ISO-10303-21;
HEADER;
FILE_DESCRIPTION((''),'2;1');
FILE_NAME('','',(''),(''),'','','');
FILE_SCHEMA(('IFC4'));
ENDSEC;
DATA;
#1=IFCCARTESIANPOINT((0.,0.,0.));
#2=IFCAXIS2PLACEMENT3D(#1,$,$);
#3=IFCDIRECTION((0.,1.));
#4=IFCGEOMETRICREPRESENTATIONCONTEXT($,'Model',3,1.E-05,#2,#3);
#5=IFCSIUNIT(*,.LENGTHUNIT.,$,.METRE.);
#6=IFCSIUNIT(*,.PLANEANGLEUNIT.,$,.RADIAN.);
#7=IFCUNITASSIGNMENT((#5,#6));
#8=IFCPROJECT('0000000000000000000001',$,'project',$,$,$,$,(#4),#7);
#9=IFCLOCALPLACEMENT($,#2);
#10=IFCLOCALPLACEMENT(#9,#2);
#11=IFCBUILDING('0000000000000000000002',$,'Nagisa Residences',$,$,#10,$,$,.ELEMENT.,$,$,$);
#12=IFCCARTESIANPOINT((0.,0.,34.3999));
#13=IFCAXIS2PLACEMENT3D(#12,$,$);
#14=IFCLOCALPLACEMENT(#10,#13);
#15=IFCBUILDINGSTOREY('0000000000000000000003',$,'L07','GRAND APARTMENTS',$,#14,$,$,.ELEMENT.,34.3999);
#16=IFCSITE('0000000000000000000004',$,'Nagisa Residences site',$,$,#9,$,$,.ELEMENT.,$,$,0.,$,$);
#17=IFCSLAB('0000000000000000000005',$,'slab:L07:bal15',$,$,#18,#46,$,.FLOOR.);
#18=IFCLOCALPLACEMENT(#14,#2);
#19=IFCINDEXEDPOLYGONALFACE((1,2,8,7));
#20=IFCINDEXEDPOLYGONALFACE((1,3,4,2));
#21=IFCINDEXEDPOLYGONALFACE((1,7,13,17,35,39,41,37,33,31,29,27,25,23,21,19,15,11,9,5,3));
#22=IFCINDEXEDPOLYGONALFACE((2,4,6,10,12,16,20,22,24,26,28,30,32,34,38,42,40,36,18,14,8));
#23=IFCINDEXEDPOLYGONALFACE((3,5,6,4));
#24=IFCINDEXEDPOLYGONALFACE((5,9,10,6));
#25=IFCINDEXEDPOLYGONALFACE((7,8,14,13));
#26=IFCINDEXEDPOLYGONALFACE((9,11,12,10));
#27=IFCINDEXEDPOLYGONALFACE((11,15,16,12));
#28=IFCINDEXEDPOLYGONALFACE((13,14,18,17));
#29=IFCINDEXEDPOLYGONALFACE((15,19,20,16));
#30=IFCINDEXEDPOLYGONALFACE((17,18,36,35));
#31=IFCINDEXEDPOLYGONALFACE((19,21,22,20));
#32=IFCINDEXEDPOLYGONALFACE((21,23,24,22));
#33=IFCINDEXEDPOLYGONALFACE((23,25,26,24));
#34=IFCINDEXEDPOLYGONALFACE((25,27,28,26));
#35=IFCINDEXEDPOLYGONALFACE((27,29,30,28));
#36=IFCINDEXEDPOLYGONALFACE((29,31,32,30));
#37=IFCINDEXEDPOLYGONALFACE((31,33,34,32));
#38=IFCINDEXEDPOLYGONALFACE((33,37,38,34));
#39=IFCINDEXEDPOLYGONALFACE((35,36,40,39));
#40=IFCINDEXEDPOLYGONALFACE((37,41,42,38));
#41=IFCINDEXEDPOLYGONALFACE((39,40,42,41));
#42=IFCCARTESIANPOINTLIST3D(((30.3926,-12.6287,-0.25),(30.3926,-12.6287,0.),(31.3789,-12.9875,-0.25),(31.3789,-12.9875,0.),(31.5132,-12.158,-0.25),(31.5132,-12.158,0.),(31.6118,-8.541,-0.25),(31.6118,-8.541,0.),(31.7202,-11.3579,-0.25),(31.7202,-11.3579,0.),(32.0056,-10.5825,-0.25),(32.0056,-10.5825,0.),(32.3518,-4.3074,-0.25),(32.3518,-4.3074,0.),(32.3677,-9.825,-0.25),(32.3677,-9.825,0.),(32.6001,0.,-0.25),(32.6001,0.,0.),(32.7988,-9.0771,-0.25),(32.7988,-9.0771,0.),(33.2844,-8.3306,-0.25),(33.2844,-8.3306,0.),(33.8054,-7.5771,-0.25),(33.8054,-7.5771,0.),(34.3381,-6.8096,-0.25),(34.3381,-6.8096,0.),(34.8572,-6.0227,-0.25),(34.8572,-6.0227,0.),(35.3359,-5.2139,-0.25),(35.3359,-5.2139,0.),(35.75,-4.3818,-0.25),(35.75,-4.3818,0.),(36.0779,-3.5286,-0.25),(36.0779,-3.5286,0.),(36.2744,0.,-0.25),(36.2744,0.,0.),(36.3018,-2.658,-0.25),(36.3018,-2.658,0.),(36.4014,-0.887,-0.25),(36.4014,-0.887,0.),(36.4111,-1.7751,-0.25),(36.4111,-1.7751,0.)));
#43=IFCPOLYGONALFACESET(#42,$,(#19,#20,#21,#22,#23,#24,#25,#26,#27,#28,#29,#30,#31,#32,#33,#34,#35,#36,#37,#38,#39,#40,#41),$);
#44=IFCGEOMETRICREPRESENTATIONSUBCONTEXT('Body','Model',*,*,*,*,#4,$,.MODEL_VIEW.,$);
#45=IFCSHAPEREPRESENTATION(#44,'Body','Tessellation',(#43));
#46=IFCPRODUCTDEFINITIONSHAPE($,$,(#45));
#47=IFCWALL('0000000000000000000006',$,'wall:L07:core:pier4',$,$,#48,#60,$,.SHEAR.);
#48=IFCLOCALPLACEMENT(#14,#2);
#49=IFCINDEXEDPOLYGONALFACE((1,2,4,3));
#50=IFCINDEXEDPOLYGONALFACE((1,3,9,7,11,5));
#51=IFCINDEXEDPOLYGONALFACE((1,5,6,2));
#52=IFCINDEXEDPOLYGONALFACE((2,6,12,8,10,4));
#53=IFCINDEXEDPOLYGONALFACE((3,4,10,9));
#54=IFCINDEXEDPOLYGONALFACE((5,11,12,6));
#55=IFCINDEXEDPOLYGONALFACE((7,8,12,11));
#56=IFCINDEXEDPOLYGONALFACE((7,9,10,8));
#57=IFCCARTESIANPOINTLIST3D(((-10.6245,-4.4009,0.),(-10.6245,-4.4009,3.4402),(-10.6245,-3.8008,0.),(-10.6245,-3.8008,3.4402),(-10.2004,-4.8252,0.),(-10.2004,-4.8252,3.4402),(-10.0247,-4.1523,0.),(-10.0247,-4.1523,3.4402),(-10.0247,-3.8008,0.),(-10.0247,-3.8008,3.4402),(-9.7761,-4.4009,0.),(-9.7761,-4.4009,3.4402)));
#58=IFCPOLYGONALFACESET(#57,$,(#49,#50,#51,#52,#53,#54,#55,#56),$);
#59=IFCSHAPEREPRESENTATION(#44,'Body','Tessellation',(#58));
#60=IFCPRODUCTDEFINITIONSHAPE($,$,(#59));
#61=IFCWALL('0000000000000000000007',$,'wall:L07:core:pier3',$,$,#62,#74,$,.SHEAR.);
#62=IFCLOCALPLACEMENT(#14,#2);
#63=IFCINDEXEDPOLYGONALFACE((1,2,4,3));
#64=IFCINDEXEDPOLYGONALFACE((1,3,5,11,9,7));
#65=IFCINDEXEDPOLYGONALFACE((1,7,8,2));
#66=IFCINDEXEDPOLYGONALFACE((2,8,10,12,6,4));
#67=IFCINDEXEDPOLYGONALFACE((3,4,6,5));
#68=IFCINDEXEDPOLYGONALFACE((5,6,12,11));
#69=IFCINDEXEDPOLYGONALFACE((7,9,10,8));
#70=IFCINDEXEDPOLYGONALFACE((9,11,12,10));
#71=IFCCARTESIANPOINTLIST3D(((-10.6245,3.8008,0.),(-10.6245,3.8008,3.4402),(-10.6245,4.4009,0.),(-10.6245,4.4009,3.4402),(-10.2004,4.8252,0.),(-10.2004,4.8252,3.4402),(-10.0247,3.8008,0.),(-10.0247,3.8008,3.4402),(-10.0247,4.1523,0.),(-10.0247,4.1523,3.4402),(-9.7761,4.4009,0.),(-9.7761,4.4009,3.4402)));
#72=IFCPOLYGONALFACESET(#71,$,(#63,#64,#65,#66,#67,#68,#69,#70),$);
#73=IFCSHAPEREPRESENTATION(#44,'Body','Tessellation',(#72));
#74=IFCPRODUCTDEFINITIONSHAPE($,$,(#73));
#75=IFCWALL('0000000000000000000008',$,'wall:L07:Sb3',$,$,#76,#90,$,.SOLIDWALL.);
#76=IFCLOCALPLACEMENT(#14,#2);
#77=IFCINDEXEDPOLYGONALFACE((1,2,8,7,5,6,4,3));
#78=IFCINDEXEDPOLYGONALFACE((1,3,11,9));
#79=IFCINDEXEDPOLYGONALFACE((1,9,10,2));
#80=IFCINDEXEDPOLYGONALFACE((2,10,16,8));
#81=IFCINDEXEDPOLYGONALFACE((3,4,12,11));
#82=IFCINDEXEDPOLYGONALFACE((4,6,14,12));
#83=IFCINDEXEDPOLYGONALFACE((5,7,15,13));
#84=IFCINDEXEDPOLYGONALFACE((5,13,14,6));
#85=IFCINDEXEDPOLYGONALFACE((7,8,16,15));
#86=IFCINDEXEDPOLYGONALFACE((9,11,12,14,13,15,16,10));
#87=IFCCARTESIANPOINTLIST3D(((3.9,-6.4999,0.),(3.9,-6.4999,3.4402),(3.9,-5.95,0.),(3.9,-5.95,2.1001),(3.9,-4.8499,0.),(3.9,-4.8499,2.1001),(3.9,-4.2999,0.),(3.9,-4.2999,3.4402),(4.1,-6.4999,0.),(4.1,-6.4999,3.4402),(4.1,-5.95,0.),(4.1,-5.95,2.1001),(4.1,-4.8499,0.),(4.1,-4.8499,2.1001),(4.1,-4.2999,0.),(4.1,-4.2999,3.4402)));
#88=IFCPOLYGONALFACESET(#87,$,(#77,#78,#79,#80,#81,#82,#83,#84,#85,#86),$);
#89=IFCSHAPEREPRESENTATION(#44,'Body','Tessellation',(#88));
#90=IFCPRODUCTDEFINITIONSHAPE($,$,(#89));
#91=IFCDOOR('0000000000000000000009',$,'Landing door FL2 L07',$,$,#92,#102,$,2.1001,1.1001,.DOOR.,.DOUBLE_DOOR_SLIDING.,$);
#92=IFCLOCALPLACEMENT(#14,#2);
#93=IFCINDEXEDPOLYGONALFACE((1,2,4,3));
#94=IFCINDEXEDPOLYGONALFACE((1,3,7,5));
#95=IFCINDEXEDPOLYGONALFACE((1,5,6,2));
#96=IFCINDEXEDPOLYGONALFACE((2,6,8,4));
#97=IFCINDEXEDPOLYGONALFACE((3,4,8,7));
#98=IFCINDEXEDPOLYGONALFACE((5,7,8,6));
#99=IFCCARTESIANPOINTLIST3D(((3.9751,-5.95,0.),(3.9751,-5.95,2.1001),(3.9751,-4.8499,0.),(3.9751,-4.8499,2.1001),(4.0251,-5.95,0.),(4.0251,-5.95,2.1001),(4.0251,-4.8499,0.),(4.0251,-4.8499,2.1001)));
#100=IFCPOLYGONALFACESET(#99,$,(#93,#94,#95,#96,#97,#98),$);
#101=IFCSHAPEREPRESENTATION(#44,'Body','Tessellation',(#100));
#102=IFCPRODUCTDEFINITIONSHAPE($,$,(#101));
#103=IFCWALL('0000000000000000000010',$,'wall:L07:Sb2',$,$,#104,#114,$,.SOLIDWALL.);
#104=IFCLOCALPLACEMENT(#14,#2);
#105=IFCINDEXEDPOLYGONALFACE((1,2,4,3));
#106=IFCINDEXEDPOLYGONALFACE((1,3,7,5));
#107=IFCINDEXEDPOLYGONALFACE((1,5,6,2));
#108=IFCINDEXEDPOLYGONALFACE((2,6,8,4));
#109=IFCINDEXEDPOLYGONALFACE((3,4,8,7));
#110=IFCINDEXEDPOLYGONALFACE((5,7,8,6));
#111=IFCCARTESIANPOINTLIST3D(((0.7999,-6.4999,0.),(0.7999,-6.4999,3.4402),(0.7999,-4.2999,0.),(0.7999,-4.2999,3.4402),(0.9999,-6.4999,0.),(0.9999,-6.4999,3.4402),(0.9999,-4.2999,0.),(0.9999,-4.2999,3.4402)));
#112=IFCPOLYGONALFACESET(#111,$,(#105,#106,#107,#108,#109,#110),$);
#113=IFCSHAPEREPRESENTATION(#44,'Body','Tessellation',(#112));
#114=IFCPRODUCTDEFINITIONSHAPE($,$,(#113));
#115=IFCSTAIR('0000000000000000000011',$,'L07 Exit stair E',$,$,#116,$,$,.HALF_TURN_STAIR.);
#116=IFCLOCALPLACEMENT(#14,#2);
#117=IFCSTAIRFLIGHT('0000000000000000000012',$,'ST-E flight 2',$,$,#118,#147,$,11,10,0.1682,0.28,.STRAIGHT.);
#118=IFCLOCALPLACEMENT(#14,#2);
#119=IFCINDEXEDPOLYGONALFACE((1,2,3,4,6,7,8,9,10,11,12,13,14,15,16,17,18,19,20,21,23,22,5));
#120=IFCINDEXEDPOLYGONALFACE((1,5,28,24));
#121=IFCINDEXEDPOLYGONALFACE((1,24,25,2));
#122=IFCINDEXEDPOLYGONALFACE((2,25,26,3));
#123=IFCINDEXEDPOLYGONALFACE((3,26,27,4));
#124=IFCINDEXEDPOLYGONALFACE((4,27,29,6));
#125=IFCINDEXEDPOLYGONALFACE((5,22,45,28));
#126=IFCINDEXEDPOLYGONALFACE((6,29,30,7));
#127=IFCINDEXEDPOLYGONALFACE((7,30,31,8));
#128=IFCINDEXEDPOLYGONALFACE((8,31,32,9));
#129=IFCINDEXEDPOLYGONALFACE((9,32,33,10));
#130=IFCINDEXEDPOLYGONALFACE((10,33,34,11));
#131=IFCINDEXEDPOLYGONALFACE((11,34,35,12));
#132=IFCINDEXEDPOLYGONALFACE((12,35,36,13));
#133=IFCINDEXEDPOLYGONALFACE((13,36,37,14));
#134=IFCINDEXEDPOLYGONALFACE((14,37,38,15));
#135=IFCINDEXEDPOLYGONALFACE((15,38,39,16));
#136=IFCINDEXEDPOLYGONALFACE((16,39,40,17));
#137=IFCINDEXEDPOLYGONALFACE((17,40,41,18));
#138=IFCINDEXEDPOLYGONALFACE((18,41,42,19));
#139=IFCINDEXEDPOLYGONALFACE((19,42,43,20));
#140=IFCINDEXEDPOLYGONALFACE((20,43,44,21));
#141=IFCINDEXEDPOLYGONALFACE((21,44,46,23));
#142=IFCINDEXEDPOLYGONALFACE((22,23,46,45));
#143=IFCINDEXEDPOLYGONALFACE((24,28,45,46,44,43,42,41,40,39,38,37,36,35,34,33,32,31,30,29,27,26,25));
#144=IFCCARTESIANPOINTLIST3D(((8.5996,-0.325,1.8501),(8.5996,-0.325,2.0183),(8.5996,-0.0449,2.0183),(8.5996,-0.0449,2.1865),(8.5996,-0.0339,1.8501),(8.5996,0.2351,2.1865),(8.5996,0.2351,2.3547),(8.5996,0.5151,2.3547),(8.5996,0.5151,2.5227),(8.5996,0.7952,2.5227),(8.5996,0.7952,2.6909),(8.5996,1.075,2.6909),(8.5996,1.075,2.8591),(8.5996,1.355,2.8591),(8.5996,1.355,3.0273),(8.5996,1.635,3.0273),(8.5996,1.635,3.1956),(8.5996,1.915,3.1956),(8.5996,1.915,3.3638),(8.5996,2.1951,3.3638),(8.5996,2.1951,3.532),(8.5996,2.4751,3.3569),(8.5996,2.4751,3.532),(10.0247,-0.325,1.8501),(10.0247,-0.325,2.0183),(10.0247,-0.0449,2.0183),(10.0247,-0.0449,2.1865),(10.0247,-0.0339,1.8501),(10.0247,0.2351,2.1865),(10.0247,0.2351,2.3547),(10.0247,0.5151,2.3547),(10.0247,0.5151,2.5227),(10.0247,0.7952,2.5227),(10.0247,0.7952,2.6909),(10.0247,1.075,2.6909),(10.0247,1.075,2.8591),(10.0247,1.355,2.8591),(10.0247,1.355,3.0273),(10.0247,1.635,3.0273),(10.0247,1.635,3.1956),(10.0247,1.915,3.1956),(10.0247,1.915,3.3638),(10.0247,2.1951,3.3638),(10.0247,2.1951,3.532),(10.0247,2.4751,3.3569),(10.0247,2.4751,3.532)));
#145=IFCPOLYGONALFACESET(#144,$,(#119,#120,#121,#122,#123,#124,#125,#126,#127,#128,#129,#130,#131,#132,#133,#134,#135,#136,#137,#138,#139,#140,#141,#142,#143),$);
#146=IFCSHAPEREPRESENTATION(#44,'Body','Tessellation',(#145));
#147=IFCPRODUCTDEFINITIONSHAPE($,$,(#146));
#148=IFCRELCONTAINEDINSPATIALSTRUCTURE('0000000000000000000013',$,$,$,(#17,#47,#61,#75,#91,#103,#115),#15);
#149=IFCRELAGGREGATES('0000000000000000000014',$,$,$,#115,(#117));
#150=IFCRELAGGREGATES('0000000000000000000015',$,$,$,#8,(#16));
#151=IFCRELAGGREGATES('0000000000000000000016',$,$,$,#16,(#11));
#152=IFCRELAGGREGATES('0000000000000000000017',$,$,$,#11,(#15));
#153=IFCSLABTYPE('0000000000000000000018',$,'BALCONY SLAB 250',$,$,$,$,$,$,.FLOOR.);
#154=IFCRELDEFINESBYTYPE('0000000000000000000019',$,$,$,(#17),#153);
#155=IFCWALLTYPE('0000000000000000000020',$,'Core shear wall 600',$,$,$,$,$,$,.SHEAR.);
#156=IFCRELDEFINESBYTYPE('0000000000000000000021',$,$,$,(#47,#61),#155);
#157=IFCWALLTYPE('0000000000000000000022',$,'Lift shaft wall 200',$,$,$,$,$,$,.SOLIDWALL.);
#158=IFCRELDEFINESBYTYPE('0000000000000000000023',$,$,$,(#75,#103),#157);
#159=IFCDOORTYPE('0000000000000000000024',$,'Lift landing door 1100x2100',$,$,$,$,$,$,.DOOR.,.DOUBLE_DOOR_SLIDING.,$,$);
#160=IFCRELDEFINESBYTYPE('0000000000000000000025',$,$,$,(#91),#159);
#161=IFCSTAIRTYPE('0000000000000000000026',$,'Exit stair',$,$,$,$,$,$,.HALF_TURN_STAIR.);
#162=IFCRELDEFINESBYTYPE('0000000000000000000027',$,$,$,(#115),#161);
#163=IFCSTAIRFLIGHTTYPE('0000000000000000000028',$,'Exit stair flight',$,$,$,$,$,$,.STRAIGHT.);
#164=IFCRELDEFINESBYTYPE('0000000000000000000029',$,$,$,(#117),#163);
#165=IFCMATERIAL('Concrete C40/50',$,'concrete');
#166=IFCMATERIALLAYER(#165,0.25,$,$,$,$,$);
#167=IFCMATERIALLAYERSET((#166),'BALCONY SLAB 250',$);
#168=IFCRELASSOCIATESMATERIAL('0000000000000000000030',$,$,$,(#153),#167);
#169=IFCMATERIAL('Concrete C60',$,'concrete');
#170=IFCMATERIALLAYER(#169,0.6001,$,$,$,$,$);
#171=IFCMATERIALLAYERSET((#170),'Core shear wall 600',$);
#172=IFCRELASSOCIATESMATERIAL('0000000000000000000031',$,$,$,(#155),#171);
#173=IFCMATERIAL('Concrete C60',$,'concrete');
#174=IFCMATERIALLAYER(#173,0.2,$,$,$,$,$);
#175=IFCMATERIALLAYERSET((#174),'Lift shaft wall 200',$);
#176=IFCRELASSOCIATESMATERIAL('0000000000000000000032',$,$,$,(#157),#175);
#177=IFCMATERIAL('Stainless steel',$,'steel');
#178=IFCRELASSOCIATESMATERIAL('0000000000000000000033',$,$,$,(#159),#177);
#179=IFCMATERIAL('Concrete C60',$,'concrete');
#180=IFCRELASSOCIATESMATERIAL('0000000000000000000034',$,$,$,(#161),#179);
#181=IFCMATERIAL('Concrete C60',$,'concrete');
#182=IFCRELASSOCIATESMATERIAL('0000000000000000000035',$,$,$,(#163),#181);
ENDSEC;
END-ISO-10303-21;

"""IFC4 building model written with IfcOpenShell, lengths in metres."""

from ifc_helpers import new_model, si_unit, direction, frame, frame_2d, origin, place, context, subcontext, project, spatial, polyline, rectangle, outline, extrude, material, layer, layer_set, type_object, element, fill, aggregate, save


model = new_model("IFC4")

# Units and contexts
model_context = context("Model", 3, precision=1e-05, world=origin(), true_north=direction((0.0, 1.0)))
body_context = subcontext(model_context, "Body", "Model", "MODEL_VIEW")
ifc_project = project(units=[si_unit("LENGTHUNIT", "METRE"), si_unit("PLANEANGLEUNIT", "RADIAN")], contexts=[model_context])

# Site, building, storey
site_placement = place(None, origin())
site = spatial("IfcSite", under=ifc_project, at=site_placement, Name="Nagisa Residences site", CompositionType="ELEMENT", RefElevation=0.0)
building_placement = place(site_placement, origin())
building = spatial("IfcBuilding", under=site, at=building_placement, Name="Nagisa Residences", CompositionType="ELEMENT")
storey_placement = place(building_placement, frame((0.0, 0.0, 34.3999)))
storey = spatial("IfcBuildingStorey", under=building, at=storey_placement, Name="L07", Description="GRAND APARTMENTS", CompositionType="ELEMENT", Elevation=34.3999)

# Slab
ifc_material_1 = material(Name="Concrete C40/50", Category="concrete")
ifc_layer_1 = layer(ifc_material_1, 0.25)
ifc_layer_set_1 = layer_set([ifc_layer_1], Name="BALCONY SLAB 250")
slab_type = type_object("IfcSlabType", Name="BALCONY SLAB 250", PredefinedType="FLOOR", material=ifc_layer_set_1)
slab_1_placement = place(storey_placement, frame((0.0, 0.0, -0.25)))
element("IfcSlab", 1, at=slab_1_placement, inside=storey, type_object=slab_type, Name="slab:L07:bal15", PredefinedType="FLOOR", context=body_context, shape_type="SweptSolid", body=[
    extrude(outline(polyline([(31.3789, -12.9875), (31.5132, -12.158), (31.7202, -11.3579), (32.0056, -10.5825), (32.3677, -9.825), (32.7988, -9.0771), (33.2844, -8.3306), (33.8054, -7.5771), (34.3381, -6.8096), (34.8572, -6.0227), (35.3359, -5.2139), (35.75, -4.3818), (36.0779, -3.5286), (36.3018, -2.658), (36.4111, -1.7751), (36.4014, -0.887), (36.2744, 0.0), (32.6001, 0.0), (32.3518, -4.3074), (31.6118, -8.541), (30.3926, -12.6287), (31.3789, -12.9875)])), origin(), (0.0, 0.0, 1.0), 0.25),
])

# Walls
ifc_material_2 = material(Name="Concrete C60", Category="concrete")
ifc_layer_2 = layer(ifc_material_2, 0.6001)
ifc_layer_set_2 = layer_set([ifc_layer_2], Name="Core shear wall 600")
wall_type_1 = type_object("IfcWallType", Name="Core shear wall 600", PredefinedType="SHEAR", material=ifc_layer_set_2)
wall_1_placement = place(storey_placement, origin())
element("IfcWall", 2, at=wall_1_placement, inside=storey, type_object=wall_type_1, Name="wall:L07:core:pier4", PredefinedType="SHEAR", context=body_context, shape_type="SweptSolid", body=[
    extrude(outline(polyline([(-10.6245, -3.8008), (-10.0247, -3.8008), (-10.0247, -4.1523), (-9.7761, -4.4009), (-10.2004, -4.8252), (-10.6245, -4.4009), (-10.6245, -3.8008)])), origin(), (0.0, 0.0, 1.0), 3.4402),
])
wall_2_placement = place(storey_placement, origin())
element("IfcWall", 3, at=wall_2_placement, inside=storey, type_object=wall_type_1, Name="wall:L07:core:pier3", PredefinedType="SHEAR", context=body_context, shape_type="SweptSolid", body=[
    extrude(outline(polyline([(-10.2004, 4.8252), (-9.7761, 4.4009), (-10.0247, 4.1523), (-10.0247, 3.8008), (-10.6245, 3.8008), (-10.6245, 4.4009), (-10.2004, 4.8252)])), origin(), (0.0, 0.0, 1.0), 3.4402),
])

# Wall, opening, door
ifc_material_3 = material(Name="Concrete C60", Category="concrete")
ifc_layer_3 = layer(ifc_material_3, 0.2)
ifc_layer_set_3 = layer_set([ifc_layer_3], Name="Lift shaft wall 200")
wall_type_2 = type_object("IfcWallType", Name="Lift shaft wall 200", PredefinedType="SOLIDWALL", material=ifc_layer_set_3)
wall_3_placement = place(storey_placement, frame((4.0, -6.5, 0.0), z_axis=(0.0, 0.0, 1.0), x_axis=(0.0, 1.0, 0.0)))
wall_3 = element("IfcWall", 4, at=wall_3_placement, inside=storey, type_object=wall_type_2, Name="wall:L07:Sb3", PredefinedType="SOLIDWALL", context=body_context, shape_type="SweptSolid", body=[
    extrude(rectangle(XDim=2.2, YDim=0.2, at=frame_2d((1.1001, 0.0))), origin(), (0.0, 0.0, 1.0), 3.4402),
])
opening_placement = place(wall_3_placement, frame((0.55, 0.0, 0.0)))
opening = element("IfcOpeningElement", 5, at=opening_placement, cuts=wall_3, PredefinedType="OPENING", context=body_context, shape_type="SweptSolid", body=[
    extrude(rectangle(XDim=1.1001, YDim=2.1001, at=frame_2d((0.55, 1.05))), frame((0.0, 0.1099, 0.0), z_axis=(0.0, -1.0, 0.0), x_axis=(1.0, 0.0, 0.0)), (0.0, 0.0, 1.0), 0.22),
])
ifc_material_4 = material(Name="Stainless steel", Category="steel")
door_type = type_object("IfcDoorType", Name="Lift landing door 1100x2100", OperationType="DOUBLE_DOOR_SLIDING", PredefinedType="DOOR", material=ifc_material_4)
door_placement = place(opening_placement, origin())
door = element("IfcDoor", 6, at=door_placement, inside=storey, type_object=door_type, Name="Landing door FL2 L07", OperationType="DOUBLE_DOOR_SLIDING", OverallHeight=2.1001, OverallWidth=1.1001, PredefinedType="DOOR", context=body_context, shape_type="SweptSolid", body=[
    extrude(rectangle(XDim=1.1001, YDim=2.1001, at=frame_2d((0.55, 1.05))), frame((0.0, 0.0249, 0.0), z_axis=(0.0, -1.0, 0.0), x_axis=(1.0, 0.0, 0.0)), (0.0, 0.0, 1.0), 0.05),
])
fill(opening, door)

# Wall
wall_4_placement = place(storey_placement, frame((0.8999, -6.5, 0.0), z_axis=(0.0, 0.0, 1.0), x_axis=(0.0, 1.0, 0.0)))
element("IfcWall", 7, at=wall_4_placement, inside=storey, type_object=wall_type_2, Name="wall:L07:Sb2", PredefinedType="SOLIDWALL", context=body_context, shape_type="SweptSolid", body=[
    extrude(rectangle(XDim=2.2, YDim=0.2, at=frame_2d((1.1001, 0.0))), origin(), (0.0, 0.0, 1.0), 3.4402),
])

# Stair, stair flight
ifc_material_5 = material(Name="Concrete C60", Category="concrete")
stair_type = type_object("IfcStairType", Name="Exit stair", PredefinedType="HALF_TURN_STAIR", material=ifc_material_5)
stair_placement = place(storey_placement, origin())
stair = element("IfcStair", 8, at=stair_placement, inside=storey, type_object=stair_type, Name="L07 Exit stair E", PredefinedType="HALF_TURN_STAIR")
ifc_material_6 = material(Name="Concrete C60", Category="concrete")
stair_flight_type = type_object("IfcStairFlightType", Name="Exit stair flight", PredefinedType="STRAIGHT", material=ifc_material_6)
stair_flight_placement = place(storey_placement, frame((9.312, -0.325, 1.8501), z_axis=(0.0, 0.0, 1.0), x_axis=(0.0, 1.0, 0.0)))
stair_flight = element("IfcStairFlight", 9, at=stair_flight_placement, type_object=stair_flight_type, Name="ST-E flight 2", NumberOfRisers=11, NumberOfTreads=10, PredefinedType="STRAIGHT", RiserHeight=0.1682, TreadLength=0.28, context=body_context, shape_type="SweptSolid", body=[
    extrude(outline(polyline([(0.0, 0.0), (0.0, 0.1682), (0.28, 0.1682), (0.28, 0.3364), (0.5601, 0.3364), (0.5601, 0.5046), (0.8401, 0.5046), (0.8401, 0.6726), (1.1201, 0.6726), (1.1201, 0.8408), (1.3999, 0.8408), (1.3999, 1.009), (1.6799, 1.009), (1.6799, 1.1772), (1.96, 1.1772), (1.96, 1.3455), (2.24, 1.3455), (2.24, 1.5137), (2.52, 1.5137), (2.52, 1.6819), (2.8, 1.6819), (2.8, 1.8501), (2.8, 1.5068), (0.291, 0.0), (0.0, 0.0)])), frame((0.0, 0.7124, 0.0), z_axis=(0.0, -1.0, 0.0), x_axis=(1.0, 0.0, 0.0)), (0.0, 0.0, 1.0), 1.425),
])
aggregate(stair, [stair_flight])

save(model, "model.ifc")
